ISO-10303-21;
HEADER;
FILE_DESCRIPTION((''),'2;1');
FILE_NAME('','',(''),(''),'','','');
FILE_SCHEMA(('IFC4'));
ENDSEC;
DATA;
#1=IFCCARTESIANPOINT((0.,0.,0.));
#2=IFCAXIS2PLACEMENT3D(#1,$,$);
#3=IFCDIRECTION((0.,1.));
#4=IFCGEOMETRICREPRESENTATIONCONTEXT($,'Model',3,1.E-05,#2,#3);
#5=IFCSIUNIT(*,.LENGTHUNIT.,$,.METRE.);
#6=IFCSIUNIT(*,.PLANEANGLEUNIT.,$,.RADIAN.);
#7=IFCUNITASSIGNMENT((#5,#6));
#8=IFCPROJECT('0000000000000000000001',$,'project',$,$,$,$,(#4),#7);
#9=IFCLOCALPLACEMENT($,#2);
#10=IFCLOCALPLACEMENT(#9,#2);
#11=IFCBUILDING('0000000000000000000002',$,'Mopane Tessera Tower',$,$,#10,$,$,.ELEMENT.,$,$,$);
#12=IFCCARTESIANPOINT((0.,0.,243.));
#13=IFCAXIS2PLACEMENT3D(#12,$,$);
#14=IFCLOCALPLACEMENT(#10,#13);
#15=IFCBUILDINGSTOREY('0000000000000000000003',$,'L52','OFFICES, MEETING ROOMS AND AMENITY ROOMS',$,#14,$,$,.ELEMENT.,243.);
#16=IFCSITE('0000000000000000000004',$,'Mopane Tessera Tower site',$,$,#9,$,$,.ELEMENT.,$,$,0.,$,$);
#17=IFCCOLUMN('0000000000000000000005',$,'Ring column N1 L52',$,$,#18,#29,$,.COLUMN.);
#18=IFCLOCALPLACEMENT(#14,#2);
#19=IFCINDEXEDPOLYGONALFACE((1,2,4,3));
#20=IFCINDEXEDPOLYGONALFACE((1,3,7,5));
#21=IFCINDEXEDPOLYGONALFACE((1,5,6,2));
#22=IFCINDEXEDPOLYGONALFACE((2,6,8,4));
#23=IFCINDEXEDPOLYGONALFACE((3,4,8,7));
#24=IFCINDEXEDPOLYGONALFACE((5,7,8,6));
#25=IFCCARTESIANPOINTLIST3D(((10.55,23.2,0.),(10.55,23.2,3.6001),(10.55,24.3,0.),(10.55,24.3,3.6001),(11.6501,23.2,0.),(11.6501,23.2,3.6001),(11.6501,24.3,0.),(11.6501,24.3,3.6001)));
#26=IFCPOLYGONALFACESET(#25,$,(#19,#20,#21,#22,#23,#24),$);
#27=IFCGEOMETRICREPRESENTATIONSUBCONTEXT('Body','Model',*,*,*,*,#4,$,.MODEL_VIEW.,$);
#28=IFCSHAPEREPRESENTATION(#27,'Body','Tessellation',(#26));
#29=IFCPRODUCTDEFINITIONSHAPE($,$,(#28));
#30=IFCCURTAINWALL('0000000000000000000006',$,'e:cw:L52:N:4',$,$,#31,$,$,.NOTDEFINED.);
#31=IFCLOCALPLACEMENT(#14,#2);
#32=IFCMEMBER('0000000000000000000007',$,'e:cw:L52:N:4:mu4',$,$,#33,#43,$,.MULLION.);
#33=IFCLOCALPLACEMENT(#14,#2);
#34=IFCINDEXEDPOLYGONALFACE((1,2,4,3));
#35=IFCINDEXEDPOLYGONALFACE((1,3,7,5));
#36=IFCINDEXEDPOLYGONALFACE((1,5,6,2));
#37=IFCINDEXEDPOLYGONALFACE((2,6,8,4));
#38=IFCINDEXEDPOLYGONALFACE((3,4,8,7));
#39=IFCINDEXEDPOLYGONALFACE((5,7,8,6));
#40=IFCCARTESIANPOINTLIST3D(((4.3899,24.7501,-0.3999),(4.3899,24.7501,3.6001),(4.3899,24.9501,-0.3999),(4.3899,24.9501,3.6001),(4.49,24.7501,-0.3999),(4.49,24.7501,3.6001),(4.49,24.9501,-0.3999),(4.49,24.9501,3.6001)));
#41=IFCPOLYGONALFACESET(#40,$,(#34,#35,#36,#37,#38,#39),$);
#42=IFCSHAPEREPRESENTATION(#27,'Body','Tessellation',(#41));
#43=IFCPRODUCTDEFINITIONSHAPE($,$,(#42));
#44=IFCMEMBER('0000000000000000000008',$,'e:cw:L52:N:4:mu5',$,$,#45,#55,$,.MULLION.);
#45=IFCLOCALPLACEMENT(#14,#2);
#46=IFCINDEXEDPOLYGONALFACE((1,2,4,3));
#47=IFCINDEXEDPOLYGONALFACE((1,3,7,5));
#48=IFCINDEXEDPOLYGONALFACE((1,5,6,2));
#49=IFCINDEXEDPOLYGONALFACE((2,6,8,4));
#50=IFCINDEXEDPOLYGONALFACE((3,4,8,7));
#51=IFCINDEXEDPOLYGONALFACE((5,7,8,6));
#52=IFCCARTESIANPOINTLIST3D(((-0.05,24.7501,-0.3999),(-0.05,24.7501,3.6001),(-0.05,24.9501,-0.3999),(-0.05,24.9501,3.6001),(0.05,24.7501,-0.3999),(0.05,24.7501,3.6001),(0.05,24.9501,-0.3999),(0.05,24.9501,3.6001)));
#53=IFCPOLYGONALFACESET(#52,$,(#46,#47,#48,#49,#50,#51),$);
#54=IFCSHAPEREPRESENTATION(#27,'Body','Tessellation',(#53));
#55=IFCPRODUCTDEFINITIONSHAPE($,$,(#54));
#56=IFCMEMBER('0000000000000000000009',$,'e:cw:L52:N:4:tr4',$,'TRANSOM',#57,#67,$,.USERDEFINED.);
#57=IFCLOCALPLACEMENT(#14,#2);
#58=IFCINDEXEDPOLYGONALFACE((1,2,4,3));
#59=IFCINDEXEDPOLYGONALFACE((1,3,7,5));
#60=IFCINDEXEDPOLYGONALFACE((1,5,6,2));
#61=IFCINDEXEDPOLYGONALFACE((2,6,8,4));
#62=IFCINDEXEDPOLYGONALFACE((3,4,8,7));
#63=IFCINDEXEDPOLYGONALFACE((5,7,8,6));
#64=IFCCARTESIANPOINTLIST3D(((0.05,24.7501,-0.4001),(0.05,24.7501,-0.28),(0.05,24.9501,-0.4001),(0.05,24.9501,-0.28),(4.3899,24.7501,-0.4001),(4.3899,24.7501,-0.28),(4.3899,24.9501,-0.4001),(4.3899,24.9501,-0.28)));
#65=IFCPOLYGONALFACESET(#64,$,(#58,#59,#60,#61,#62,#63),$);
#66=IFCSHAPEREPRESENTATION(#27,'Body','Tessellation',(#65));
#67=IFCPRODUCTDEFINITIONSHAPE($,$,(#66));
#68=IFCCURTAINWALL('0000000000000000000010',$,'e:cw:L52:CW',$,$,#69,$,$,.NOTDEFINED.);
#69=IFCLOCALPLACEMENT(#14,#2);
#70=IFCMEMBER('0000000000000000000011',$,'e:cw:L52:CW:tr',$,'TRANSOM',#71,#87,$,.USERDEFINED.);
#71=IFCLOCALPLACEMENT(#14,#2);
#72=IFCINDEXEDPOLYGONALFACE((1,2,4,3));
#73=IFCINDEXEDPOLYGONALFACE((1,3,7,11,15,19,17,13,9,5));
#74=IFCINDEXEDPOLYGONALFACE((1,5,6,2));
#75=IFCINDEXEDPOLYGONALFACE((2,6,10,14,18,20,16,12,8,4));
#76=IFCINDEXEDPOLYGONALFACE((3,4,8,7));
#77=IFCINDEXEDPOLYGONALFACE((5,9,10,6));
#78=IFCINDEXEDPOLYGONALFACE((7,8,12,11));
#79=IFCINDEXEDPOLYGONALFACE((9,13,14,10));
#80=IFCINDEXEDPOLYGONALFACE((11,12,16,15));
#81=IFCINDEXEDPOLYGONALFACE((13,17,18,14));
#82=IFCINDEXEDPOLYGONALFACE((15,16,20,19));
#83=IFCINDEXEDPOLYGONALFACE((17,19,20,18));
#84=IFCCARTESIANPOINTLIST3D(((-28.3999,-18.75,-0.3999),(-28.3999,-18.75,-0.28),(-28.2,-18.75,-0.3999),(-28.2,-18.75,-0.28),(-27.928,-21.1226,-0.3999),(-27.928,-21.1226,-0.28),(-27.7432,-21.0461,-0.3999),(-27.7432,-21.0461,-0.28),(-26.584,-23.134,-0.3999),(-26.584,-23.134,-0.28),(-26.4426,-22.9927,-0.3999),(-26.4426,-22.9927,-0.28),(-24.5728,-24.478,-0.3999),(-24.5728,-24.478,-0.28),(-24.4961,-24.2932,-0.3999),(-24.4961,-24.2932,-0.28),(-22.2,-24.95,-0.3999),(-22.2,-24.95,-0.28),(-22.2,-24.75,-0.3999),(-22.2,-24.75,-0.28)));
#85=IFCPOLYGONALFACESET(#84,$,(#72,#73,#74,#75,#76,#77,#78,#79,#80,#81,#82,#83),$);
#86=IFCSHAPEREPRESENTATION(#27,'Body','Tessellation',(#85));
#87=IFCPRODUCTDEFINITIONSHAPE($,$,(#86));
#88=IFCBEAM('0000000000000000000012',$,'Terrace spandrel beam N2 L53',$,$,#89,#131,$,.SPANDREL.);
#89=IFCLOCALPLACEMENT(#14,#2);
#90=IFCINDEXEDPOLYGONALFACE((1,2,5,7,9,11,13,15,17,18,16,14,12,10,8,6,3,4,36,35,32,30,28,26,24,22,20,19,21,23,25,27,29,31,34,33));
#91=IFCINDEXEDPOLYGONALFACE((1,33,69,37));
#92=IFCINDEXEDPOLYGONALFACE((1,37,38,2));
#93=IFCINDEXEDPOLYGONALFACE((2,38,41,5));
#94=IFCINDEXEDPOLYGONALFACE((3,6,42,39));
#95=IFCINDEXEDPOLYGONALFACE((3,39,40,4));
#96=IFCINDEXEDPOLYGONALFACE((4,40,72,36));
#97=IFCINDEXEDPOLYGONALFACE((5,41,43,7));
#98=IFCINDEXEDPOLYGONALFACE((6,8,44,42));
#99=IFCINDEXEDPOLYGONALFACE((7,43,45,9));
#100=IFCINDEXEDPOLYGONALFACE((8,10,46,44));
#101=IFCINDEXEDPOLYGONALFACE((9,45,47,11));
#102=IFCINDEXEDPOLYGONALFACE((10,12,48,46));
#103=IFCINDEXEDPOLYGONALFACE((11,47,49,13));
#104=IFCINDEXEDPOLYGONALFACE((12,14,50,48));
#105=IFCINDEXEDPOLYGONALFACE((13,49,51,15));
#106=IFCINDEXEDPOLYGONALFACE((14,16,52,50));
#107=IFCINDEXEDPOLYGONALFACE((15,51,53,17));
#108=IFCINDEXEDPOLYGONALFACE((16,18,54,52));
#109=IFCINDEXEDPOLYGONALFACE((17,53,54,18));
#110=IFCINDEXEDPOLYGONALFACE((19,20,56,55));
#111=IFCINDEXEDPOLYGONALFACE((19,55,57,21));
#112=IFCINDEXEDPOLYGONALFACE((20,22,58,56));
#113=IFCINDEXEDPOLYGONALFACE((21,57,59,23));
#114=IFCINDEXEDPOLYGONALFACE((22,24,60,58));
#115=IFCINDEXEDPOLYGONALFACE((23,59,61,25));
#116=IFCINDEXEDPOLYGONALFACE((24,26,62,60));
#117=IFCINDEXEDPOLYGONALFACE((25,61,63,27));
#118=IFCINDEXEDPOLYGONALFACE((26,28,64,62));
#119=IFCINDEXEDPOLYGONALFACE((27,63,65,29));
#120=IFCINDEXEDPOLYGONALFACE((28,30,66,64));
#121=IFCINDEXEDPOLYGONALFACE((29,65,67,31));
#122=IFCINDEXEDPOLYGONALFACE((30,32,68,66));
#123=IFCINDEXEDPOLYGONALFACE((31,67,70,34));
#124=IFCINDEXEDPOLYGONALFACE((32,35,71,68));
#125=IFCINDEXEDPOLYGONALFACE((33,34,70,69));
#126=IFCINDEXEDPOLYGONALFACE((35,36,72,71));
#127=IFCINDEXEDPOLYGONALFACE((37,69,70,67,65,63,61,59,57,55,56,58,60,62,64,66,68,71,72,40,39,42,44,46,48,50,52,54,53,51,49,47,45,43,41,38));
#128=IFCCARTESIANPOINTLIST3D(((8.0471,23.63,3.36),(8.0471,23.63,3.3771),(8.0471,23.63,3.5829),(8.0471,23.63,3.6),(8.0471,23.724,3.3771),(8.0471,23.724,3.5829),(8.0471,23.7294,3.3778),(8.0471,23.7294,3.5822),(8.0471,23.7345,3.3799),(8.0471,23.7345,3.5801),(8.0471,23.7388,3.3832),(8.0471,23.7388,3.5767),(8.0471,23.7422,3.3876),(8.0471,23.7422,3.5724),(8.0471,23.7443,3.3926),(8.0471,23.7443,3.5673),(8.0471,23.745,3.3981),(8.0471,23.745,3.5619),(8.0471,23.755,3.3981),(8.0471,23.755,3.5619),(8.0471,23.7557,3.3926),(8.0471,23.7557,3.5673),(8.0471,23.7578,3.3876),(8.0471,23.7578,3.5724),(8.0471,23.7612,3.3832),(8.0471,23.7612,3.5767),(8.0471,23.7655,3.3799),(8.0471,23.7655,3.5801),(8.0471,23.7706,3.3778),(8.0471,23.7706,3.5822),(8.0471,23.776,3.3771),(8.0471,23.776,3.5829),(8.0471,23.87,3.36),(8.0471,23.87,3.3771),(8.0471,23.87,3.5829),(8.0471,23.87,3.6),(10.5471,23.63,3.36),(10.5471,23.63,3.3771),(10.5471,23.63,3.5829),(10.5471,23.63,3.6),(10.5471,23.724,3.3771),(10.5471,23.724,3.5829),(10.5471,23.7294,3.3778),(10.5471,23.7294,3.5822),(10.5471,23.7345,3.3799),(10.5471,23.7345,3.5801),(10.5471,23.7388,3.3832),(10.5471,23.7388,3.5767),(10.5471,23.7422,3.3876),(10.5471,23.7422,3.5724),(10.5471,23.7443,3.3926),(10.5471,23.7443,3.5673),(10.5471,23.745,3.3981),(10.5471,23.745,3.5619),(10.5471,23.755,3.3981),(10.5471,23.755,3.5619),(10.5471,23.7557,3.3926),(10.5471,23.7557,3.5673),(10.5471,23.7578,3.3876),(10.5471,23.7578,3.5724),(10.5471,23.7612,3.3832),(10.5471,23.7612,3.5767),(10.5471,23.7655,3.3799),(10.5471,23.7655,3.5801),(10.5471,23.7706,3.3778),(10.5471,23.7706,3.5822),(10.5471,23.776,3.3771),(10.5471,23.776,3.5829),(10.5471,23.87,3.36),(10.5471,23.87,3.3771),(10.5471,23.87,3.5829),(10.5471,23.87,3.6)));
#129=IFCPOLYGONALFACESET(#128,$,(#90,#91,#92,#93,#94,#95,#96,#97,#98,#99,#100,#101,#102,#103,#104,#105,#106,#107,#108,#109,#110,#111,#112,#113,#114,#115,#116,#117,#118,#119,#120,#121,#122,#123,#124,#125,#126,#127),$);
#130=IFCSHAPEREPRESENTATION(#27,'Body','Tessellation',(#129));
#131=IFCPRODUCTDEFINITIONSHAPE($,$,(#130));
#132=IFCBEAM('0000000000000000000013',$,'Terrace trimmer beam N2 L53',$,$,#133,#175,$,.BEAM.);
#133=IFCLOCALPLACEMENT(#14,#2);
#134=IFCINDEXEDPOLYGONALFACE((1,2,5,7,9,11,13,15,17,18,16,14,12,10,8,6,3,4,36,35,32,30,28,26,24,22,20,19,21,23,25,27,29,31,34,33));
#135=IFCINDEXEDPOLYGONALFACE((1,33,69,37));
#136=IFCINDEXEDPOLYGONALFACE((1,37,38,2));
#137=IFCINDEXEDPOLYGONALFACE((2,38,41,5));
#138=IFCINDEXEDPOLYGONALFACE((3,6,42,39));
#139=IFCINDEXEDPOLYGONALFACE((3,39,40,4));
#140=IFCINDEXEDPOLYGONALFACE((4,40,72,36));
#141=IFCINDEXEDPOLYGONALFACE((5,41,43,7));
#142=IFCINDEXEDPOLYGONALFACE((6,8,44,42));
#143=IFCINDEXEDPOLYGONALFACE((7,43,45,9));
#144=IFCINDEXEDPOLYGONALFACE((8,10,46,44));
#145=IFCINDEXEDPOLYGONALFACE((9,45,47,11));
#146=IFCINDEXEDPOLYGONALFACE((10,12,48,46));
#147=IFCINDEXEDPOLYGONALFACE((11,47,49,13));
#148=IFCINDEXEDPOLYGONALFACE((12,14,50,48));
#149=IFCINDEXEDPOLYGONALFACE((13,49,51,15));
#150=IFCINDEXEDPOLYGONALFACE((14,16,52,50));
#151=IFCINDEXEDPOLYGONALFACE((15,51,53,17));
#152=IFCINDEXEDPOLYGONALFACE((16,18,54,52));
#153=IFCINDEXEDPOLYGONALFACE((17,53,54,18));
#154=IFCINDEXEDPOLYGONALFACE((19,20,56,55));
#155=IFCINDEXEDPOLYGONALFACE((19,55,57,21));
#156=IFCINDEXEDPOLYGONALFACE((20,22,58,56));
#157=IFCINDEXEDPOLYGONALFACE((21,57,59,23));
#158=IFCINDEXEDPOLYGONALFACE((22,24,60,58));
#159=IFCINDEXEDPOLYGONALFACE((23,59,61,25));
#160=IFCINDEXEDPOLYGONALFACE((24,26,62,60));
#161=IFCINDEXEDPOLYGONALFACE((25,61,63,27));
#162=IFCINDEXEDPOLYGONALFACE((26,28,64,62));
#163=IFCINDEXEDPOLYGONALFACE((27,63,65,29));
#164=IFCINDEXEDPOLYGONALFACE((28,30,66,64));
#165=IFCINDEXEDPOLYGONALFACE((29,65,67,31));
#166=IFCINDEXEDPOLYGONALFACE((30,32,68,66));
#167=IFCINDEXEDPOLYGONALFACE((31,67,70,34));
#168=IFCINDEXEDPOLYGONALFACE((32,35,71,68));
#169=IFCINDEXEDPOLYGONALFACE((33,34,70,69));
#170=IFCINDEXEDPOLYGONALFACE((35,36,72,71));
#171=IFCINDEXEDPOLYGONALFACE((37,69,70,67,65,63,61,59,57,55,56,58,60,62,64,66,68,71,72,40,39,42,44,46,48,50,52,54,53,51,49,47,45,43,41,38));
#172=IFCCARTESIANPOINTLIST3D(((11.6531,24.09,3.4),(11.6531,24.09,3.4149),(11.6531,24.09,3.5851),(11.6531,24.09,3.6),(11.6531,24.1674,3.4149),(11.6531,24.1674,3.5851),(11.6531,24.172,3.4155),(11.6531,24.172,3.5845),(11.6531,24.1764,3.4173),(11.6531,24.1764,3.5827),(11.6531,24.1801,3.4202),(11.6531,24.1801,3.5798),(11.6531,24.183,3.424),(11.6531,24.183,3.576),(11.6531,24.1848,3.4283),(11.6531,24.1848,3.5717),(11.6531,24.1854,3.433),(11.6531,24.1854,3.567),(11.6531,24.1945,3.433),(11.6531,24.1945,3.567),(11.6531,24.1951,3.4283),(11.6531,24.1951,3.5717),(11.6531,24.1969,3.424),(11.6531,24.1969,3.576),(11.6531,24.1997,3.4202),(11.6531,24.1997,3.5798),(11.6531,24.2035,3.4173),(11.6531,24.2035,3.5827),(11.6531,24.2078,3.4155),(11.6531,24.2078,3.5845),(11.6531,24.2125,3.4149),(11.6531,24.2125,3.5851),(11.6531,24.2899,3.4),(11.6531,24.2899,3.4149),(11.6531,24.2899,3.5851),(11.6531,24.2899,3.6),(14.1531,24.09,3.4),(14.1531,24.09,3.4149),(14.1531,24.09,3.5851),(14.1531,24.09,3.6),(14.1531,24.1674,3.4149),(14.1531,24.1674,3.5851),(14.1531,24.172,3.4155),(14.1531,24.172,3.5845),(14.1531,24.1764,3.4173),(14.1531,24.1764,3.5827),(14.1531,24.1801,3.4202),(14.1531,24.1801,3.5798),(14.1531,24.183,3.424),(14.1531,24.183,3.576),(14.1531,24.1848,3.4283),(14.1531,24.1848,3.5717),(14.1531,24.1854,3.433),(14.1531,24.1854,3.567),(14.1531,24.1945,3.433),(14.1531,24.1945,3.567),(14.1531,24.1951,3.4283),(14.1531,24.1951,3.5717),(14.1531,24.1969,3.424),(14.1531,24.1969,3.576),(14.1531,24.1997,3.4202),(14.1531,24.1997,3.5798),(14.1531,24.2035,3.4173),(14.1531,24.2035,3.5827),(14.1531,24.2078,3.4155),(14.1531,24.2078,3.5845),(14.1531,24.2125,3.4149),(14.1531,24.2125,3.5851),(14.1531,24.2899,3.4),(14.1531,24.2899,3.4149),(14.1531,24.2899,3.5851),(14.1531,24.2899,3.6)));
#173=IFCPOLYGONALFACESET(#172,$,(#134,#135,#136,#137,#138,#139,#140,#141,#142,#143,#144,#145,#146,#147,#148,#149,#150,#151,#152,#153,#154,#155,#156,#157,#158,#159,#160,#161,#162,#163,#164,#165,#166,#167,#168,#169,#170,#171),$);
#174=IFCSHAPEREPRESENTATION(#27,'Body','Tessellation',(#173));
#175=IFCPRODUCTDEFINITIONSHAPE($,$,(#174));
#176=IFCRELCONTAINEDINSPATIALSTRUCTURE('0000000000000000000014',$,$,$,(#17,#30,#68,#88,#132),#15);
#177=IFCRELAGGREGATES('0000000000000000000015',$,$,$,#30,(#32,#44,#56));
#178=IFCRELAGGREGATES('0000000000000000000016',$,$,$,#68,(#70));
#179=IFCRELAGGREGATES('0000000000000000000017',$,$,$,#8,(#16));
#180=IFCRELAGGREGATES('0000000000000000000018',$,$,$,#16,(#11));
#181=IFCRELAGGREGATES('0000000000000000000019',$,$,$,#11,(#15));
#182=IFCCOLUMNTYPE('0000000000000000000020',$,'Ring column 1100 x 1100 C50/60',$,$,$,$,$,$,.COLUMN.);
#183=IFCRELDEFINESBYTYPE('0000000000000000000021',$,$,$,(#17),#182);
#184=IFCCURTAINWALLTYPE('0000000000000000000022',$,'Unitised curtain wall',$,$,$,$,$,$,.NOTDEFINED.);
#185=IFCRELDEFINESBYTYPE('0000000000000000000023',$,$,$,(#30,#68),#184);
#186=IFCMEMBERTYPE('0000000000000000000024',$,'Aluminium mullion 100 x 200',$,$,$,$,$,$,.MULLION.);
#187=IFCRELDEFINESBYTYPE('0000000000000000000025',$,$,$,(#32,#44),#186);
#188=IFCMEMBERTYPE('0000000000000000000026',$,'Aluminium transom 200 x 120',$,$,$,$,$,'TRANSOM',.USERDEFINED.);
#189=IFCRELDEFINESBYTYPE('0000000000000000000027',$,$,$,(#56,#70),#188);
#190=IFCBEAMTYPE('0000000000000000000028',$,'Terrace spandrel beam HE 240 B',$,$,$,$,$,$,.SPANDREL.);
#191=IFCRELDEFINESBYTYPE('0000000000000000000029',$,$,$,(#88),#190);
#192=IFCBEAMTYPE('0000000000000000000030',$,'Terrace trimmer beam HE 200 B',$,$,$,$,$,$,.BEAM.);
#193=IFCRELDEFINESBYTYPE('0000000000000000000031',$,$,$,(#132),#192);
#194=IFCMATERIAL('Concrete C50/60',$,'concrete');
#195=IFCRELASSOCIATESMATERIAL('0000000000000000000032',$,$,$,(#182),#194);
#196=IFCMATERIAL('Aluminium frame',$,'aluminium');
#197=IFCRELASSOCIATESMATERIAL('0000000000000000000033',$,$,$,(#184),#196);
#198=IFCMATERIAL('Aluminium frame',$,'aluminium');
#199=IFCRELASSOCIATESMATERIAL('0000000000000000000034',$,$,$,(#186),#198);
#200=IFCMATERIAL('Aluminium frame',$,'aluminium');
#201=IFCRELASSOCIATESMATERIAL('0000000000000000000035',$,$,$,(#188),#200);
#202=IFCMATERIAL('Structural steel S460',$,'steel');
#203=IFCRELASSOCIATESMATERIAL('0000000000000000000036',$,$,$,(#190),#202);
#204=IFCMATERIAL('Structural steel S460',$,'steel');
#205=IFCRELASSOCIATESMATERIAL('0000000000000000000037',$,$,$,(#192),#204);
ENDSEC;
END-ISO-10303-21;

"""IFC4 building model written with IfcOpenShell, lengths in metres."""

from ifc_helpers import new_model, si_unit, direction, frame, origin, origin_2d, place, context, subcontext, project, spatial, polyline, rectangle, i_section, outline, extrude, material, material_profile, profile_set, type_object, element, aggregate, save


model = new_model("IFC4")

# Units and contexts
model_context = context("Model", 3, precision=1e-05, world=origin(), true_north=direction((0.0, 1.0)))
body_context = subcontext(model_context, "Body", "Model", "MODEL_VIEW")
ifc_project = project(units=[si_unit("LENGTHUNIT", "METRE"), si_unit("PLANEANGLEUNIT", "RADIAN")], contexts=[model_context])

# Site, building, storey
site_placement = place(None, origin())
site = spatial("IfcSite", under=ifc_project, at=site_placement, Name="Mopane Tessera Tower site", CompositionType="ELEMENT", RefElevation=0.0)
building_placement = place(site_placement, origin())
building = spatial("IfcBuilding", under=site, at=building_placement, Name="Mopane Tessera Tower", CompositionType="ELEMENT")
storey_placement = place(building_placement, frame((0.0, 0.0, 243.0)))
storey = spatial("IfcBuildingStorey", under=building, at=storey_placement, Name="L52", Description="OFFICES, MEETING ROOMS AND AMENITY ROOMS", CompositionType="ELEMENT", Elevation=243.0)

# Column
ifc_material_1 = material(Name="Concrete C50/60", Category="concrete")
ifc_material_profile_1 = material_profile(ifc_material_1, rectangle(XDim=1.1001, YDim=1.1001, at=origin_2d()))
ifc_profile_set_1 = profile_set([ifc_material_profile_1], Name="Concrete C50/60")
column_type = type_object("IfcColumnType", Name="Ring column 1100 x 1100 C50/60", PredefinedType="COLUMN", material=ifc_profile_set_1)
column_placement = place(storey_placement, frame((11.1001, 23.75, 0.0), z_axis=(0.0, 0.0, 1.0), x_axis=(1.0, 0.0, 0.0)))
element("IfcColumn", 1, at=column_placement, inside=storey, type_object=column_type, Name="Ring column N1 L52", PredefinedType="COLUMN", context=body_context, shape_type="SweptSolid", body=[
    extrude(rectangle(XDim=1.1001, YDim=1.1001, at=origin_2d()), origin(), (0.0, 0.0, 1.0), 3.6001),
])

# Curtain wall, members
ifc_material_2 = material(Name="Aluminium frame", Category="aluminium")
curtain_wall_type = type_object("IfcCurtainWallType", Name="Unitised curtain wall", PredefinedType="NOTDEFINED", material=ifc_material_2)
curtain_wall_1_placement = place(storey_placement, origin())
curtain_wall_1 = element("IfcCurtainWall", 2, at=curtain_wall_1_placement, inside=storey, type_object=curtain_wall_type, Name="e:cw:L52:N:4", PredefinedType="NOTDEFINED")
ifc_material_3 = material(Name="Aluminium frame", Category="aluminium")
ifc_material_profile_2 = material_profile(ifc_material_3, rectangle(XDim=0.1001, YDim=0.2, at=origin_2d()))
ifc_profile_set_2 = profile_set([ifc_material_profile_2], Name="Aluminium frame")
member_type_1 = type_object("IfcMemberType", Name="Aluminium mullion 100 x 200", PredefinedType="MULLION", material=ifc_profile_set_2)
member_1_placement = place(storey_placement, frame((4.4399, 24.8501, -0.3999), z_axis=(0.0, 0.0, 1.0), x_axis=(-1.0, 0.0, 0.0)))
member_1 = element("IfcMember", 3, at=member_1_placement, type_object=member_type_1, Name="e:cw:L52:N:4:mu4", PredefinedType="MULLION", context=body_context, shape_type="SweptSolid", body=[
    extrude(rectangle(XDim=0.1001, YDim=0.2, at=origin_2d()), origin(), (0.0, 0.0, 1.0), 4.0),
])
member_2_placement = place(storey_placement, frame((0.0, 24.8501, -0.3999), z_axis=(0.0, 0.0, 1.0), x_axis=(-1.0, 0.0, 0.0)))
member_2 = element("IfcMember", 4, at=member_2_placement, type_object=member_type_1, Name="e:cw:L52:N:4:mu5", PredefinedType="MULLION", context=body_context, shape_type="SweptSolid", body=[
    extrude(rectangle(XDim=0.1001, YDim=0.2, at=origin_2d()), origin(), (0.0, 0.0, 1.0), 4.0),
])
ifc_material_4 = material(Name="Aluminium frame", Category="aluminium")
ifc_material_profile_3 = material_profile(ifc_material_4, rectangle(XDim=0.2, YDim=0.1201, at=origin_2d()))
ifc_profile_set_3 = profile_set([ifc_material_profile_3], Name="Aluminium frame")
member_type_2 = type_object("IfcMemberType", Name="Aluminium transom 200 x 120", ElementType="TRANSOM", PredefinedType="USERDEFINED", material=ifc_profile_set_3)
member_3_placement = place(storey_placement, frame((4.3899, 24.8501, -0.3401), z_axis=(-1.0, 0.0, 0.0), x_axis=(0.0, -1.0, 0.0)))
member_3 = element("IfcMember", 5, at=member_3_placement, type_object=member_type_2, Name="e:cw:L52:N:4:tr4", ObjectType="TRANSOM", PredefinedType="USERDEFINED", context=body_context, shape_type="SweptSolid", body=[
    extrude(rectangle(XDim=0.2, YDim=0.1201, at=origin_2d()), origin(), (0.0, 0.0, 1.0), 4.3398),
])

# Curtain wall, member
curtain_wall_2_placement = place(storey_placement, origin())
curtain_wall_2 = element("IfcCurtainWall", 6, at=curtain_wall_2_placement, inside=storey, type_object=curtain_wall_type, Name="e:cw:L52:CW", PredefinedType="NOTDEFINED")
member_4_placement = place(storey_placement, frame((0.0, 0.0, -0.3999)))
member_4 = element("IfcMember", 7, at=member_4_placement, type_object=member_type_2, Name="e:cw:L52:CW:tr", ObjectType="TRANSOM", PredefinedType="USERDEFINED", context=body_context, shape_type="SweptSolid", body=[
    extrude(outline(polyline([(-28.2, -18.75), (-27.7432, -21.0461), (-26.4426, -22.9927), (-24.4961, -24.2932), (-22.2, -24.75), (-22.2, -24.95), (-24.5728, -24.478), (-26.584, -23.134), (-27.928, -21.1226), (-28.3999, -18.75), (-28.2, -18.75)])), origin(), (0.0, 0.0, 1.0), 0.1199),
])

# Beams
ifc_material_5 = material(Name="Structural steel S460", Category="steel")
ifc_material_profile_4 = material_profile(ifc_material_5, i_section(OverallWidth=0.24, OverallDepth=0.24, WebThickness=0.01, FlangeThickness=0.0171, FilletRadius=0.021, at=origin_2d()))
ifc_profile_set_4 = profile_set([ifc_material_profile_4], Name="Structural steel S460")
beam_type_1 = type_object("IfcBeamType", Name="Terrace spandrel beam HE 240 B", PredefinedType="SPANDREL", material=ifc_profile_set_4)
beam_1_placement = place(storey_placement, frame((10.5471, 23.75, 3.48), z_axis=(-1.0, 0.0, 0.0), x_axis=(0.0, -1.0, 0.0)))
element("IfcBeam", 8, at=beam_1_placement, inside=storey, type_object=beam_type_1, Name="Terrace spandrel beam N2 L53", PredefinedType="SPANDREL", context=body_context, shape_type="SweptSolid", body=[
    extrude(i_section(OverallWidth=0.24, OverallDepth=0.24, WebThickness=0.01, FlangeThickness=0.0171, FilletRadius=0.021, at=origin_2d()), origin(), (0.0, 0.0, 1.0), 2.5),
])
ifc_material_6 = material(Name="Structural steel S460", Category="steel")
ifc_material_profile_5 = material_profile(ifc_material_6, i_section(OverallWidth=0.2, OverallDepth=0.2, WebThickness=0.009, FlangeThickness=0.0149, FilletRadius=0.0181, at=origin_2d()))
ifc_profile_set_5 = profile_set([ifc_material_profile_5], Name="Structural steel S460")
beam_type_2 = type_object("IfcBeamType", Name="Terrace trimmer beam HE 200 B", PredefinedType="BEAM", material=ifc_profile_set_5)
beam_2_placement = place(storey_placement, frame((11.6531, 24.1899, 3.5), z_axis=(1.0, 0.0, 0.0), x_axis=(0.0, 1.0, 0.0)))
element("IfcBeam", 9, at=beam_2_placement, inside=storey, type_object=beam_type_2, Name="Terrace trimmer beam N2 L53", PredefinedType="BEAM", context=body_context, shape_type="SweptSolid", body=[
    extrude(i_section(OverallWidth=0.2, OverallDepth=0.2, WebThickness=0.009, FlangeThickness=0.0149, FilletRadius=0.0181, at=origin_2d()), origin(), (0.0, 0.0, 1.0), 2.5),
])

aggregate(curtain_wall_1, [member_1, member_2, member_3])
aggregate(curtain_wall_2, [member_4])

save(model, "model.ifc")
